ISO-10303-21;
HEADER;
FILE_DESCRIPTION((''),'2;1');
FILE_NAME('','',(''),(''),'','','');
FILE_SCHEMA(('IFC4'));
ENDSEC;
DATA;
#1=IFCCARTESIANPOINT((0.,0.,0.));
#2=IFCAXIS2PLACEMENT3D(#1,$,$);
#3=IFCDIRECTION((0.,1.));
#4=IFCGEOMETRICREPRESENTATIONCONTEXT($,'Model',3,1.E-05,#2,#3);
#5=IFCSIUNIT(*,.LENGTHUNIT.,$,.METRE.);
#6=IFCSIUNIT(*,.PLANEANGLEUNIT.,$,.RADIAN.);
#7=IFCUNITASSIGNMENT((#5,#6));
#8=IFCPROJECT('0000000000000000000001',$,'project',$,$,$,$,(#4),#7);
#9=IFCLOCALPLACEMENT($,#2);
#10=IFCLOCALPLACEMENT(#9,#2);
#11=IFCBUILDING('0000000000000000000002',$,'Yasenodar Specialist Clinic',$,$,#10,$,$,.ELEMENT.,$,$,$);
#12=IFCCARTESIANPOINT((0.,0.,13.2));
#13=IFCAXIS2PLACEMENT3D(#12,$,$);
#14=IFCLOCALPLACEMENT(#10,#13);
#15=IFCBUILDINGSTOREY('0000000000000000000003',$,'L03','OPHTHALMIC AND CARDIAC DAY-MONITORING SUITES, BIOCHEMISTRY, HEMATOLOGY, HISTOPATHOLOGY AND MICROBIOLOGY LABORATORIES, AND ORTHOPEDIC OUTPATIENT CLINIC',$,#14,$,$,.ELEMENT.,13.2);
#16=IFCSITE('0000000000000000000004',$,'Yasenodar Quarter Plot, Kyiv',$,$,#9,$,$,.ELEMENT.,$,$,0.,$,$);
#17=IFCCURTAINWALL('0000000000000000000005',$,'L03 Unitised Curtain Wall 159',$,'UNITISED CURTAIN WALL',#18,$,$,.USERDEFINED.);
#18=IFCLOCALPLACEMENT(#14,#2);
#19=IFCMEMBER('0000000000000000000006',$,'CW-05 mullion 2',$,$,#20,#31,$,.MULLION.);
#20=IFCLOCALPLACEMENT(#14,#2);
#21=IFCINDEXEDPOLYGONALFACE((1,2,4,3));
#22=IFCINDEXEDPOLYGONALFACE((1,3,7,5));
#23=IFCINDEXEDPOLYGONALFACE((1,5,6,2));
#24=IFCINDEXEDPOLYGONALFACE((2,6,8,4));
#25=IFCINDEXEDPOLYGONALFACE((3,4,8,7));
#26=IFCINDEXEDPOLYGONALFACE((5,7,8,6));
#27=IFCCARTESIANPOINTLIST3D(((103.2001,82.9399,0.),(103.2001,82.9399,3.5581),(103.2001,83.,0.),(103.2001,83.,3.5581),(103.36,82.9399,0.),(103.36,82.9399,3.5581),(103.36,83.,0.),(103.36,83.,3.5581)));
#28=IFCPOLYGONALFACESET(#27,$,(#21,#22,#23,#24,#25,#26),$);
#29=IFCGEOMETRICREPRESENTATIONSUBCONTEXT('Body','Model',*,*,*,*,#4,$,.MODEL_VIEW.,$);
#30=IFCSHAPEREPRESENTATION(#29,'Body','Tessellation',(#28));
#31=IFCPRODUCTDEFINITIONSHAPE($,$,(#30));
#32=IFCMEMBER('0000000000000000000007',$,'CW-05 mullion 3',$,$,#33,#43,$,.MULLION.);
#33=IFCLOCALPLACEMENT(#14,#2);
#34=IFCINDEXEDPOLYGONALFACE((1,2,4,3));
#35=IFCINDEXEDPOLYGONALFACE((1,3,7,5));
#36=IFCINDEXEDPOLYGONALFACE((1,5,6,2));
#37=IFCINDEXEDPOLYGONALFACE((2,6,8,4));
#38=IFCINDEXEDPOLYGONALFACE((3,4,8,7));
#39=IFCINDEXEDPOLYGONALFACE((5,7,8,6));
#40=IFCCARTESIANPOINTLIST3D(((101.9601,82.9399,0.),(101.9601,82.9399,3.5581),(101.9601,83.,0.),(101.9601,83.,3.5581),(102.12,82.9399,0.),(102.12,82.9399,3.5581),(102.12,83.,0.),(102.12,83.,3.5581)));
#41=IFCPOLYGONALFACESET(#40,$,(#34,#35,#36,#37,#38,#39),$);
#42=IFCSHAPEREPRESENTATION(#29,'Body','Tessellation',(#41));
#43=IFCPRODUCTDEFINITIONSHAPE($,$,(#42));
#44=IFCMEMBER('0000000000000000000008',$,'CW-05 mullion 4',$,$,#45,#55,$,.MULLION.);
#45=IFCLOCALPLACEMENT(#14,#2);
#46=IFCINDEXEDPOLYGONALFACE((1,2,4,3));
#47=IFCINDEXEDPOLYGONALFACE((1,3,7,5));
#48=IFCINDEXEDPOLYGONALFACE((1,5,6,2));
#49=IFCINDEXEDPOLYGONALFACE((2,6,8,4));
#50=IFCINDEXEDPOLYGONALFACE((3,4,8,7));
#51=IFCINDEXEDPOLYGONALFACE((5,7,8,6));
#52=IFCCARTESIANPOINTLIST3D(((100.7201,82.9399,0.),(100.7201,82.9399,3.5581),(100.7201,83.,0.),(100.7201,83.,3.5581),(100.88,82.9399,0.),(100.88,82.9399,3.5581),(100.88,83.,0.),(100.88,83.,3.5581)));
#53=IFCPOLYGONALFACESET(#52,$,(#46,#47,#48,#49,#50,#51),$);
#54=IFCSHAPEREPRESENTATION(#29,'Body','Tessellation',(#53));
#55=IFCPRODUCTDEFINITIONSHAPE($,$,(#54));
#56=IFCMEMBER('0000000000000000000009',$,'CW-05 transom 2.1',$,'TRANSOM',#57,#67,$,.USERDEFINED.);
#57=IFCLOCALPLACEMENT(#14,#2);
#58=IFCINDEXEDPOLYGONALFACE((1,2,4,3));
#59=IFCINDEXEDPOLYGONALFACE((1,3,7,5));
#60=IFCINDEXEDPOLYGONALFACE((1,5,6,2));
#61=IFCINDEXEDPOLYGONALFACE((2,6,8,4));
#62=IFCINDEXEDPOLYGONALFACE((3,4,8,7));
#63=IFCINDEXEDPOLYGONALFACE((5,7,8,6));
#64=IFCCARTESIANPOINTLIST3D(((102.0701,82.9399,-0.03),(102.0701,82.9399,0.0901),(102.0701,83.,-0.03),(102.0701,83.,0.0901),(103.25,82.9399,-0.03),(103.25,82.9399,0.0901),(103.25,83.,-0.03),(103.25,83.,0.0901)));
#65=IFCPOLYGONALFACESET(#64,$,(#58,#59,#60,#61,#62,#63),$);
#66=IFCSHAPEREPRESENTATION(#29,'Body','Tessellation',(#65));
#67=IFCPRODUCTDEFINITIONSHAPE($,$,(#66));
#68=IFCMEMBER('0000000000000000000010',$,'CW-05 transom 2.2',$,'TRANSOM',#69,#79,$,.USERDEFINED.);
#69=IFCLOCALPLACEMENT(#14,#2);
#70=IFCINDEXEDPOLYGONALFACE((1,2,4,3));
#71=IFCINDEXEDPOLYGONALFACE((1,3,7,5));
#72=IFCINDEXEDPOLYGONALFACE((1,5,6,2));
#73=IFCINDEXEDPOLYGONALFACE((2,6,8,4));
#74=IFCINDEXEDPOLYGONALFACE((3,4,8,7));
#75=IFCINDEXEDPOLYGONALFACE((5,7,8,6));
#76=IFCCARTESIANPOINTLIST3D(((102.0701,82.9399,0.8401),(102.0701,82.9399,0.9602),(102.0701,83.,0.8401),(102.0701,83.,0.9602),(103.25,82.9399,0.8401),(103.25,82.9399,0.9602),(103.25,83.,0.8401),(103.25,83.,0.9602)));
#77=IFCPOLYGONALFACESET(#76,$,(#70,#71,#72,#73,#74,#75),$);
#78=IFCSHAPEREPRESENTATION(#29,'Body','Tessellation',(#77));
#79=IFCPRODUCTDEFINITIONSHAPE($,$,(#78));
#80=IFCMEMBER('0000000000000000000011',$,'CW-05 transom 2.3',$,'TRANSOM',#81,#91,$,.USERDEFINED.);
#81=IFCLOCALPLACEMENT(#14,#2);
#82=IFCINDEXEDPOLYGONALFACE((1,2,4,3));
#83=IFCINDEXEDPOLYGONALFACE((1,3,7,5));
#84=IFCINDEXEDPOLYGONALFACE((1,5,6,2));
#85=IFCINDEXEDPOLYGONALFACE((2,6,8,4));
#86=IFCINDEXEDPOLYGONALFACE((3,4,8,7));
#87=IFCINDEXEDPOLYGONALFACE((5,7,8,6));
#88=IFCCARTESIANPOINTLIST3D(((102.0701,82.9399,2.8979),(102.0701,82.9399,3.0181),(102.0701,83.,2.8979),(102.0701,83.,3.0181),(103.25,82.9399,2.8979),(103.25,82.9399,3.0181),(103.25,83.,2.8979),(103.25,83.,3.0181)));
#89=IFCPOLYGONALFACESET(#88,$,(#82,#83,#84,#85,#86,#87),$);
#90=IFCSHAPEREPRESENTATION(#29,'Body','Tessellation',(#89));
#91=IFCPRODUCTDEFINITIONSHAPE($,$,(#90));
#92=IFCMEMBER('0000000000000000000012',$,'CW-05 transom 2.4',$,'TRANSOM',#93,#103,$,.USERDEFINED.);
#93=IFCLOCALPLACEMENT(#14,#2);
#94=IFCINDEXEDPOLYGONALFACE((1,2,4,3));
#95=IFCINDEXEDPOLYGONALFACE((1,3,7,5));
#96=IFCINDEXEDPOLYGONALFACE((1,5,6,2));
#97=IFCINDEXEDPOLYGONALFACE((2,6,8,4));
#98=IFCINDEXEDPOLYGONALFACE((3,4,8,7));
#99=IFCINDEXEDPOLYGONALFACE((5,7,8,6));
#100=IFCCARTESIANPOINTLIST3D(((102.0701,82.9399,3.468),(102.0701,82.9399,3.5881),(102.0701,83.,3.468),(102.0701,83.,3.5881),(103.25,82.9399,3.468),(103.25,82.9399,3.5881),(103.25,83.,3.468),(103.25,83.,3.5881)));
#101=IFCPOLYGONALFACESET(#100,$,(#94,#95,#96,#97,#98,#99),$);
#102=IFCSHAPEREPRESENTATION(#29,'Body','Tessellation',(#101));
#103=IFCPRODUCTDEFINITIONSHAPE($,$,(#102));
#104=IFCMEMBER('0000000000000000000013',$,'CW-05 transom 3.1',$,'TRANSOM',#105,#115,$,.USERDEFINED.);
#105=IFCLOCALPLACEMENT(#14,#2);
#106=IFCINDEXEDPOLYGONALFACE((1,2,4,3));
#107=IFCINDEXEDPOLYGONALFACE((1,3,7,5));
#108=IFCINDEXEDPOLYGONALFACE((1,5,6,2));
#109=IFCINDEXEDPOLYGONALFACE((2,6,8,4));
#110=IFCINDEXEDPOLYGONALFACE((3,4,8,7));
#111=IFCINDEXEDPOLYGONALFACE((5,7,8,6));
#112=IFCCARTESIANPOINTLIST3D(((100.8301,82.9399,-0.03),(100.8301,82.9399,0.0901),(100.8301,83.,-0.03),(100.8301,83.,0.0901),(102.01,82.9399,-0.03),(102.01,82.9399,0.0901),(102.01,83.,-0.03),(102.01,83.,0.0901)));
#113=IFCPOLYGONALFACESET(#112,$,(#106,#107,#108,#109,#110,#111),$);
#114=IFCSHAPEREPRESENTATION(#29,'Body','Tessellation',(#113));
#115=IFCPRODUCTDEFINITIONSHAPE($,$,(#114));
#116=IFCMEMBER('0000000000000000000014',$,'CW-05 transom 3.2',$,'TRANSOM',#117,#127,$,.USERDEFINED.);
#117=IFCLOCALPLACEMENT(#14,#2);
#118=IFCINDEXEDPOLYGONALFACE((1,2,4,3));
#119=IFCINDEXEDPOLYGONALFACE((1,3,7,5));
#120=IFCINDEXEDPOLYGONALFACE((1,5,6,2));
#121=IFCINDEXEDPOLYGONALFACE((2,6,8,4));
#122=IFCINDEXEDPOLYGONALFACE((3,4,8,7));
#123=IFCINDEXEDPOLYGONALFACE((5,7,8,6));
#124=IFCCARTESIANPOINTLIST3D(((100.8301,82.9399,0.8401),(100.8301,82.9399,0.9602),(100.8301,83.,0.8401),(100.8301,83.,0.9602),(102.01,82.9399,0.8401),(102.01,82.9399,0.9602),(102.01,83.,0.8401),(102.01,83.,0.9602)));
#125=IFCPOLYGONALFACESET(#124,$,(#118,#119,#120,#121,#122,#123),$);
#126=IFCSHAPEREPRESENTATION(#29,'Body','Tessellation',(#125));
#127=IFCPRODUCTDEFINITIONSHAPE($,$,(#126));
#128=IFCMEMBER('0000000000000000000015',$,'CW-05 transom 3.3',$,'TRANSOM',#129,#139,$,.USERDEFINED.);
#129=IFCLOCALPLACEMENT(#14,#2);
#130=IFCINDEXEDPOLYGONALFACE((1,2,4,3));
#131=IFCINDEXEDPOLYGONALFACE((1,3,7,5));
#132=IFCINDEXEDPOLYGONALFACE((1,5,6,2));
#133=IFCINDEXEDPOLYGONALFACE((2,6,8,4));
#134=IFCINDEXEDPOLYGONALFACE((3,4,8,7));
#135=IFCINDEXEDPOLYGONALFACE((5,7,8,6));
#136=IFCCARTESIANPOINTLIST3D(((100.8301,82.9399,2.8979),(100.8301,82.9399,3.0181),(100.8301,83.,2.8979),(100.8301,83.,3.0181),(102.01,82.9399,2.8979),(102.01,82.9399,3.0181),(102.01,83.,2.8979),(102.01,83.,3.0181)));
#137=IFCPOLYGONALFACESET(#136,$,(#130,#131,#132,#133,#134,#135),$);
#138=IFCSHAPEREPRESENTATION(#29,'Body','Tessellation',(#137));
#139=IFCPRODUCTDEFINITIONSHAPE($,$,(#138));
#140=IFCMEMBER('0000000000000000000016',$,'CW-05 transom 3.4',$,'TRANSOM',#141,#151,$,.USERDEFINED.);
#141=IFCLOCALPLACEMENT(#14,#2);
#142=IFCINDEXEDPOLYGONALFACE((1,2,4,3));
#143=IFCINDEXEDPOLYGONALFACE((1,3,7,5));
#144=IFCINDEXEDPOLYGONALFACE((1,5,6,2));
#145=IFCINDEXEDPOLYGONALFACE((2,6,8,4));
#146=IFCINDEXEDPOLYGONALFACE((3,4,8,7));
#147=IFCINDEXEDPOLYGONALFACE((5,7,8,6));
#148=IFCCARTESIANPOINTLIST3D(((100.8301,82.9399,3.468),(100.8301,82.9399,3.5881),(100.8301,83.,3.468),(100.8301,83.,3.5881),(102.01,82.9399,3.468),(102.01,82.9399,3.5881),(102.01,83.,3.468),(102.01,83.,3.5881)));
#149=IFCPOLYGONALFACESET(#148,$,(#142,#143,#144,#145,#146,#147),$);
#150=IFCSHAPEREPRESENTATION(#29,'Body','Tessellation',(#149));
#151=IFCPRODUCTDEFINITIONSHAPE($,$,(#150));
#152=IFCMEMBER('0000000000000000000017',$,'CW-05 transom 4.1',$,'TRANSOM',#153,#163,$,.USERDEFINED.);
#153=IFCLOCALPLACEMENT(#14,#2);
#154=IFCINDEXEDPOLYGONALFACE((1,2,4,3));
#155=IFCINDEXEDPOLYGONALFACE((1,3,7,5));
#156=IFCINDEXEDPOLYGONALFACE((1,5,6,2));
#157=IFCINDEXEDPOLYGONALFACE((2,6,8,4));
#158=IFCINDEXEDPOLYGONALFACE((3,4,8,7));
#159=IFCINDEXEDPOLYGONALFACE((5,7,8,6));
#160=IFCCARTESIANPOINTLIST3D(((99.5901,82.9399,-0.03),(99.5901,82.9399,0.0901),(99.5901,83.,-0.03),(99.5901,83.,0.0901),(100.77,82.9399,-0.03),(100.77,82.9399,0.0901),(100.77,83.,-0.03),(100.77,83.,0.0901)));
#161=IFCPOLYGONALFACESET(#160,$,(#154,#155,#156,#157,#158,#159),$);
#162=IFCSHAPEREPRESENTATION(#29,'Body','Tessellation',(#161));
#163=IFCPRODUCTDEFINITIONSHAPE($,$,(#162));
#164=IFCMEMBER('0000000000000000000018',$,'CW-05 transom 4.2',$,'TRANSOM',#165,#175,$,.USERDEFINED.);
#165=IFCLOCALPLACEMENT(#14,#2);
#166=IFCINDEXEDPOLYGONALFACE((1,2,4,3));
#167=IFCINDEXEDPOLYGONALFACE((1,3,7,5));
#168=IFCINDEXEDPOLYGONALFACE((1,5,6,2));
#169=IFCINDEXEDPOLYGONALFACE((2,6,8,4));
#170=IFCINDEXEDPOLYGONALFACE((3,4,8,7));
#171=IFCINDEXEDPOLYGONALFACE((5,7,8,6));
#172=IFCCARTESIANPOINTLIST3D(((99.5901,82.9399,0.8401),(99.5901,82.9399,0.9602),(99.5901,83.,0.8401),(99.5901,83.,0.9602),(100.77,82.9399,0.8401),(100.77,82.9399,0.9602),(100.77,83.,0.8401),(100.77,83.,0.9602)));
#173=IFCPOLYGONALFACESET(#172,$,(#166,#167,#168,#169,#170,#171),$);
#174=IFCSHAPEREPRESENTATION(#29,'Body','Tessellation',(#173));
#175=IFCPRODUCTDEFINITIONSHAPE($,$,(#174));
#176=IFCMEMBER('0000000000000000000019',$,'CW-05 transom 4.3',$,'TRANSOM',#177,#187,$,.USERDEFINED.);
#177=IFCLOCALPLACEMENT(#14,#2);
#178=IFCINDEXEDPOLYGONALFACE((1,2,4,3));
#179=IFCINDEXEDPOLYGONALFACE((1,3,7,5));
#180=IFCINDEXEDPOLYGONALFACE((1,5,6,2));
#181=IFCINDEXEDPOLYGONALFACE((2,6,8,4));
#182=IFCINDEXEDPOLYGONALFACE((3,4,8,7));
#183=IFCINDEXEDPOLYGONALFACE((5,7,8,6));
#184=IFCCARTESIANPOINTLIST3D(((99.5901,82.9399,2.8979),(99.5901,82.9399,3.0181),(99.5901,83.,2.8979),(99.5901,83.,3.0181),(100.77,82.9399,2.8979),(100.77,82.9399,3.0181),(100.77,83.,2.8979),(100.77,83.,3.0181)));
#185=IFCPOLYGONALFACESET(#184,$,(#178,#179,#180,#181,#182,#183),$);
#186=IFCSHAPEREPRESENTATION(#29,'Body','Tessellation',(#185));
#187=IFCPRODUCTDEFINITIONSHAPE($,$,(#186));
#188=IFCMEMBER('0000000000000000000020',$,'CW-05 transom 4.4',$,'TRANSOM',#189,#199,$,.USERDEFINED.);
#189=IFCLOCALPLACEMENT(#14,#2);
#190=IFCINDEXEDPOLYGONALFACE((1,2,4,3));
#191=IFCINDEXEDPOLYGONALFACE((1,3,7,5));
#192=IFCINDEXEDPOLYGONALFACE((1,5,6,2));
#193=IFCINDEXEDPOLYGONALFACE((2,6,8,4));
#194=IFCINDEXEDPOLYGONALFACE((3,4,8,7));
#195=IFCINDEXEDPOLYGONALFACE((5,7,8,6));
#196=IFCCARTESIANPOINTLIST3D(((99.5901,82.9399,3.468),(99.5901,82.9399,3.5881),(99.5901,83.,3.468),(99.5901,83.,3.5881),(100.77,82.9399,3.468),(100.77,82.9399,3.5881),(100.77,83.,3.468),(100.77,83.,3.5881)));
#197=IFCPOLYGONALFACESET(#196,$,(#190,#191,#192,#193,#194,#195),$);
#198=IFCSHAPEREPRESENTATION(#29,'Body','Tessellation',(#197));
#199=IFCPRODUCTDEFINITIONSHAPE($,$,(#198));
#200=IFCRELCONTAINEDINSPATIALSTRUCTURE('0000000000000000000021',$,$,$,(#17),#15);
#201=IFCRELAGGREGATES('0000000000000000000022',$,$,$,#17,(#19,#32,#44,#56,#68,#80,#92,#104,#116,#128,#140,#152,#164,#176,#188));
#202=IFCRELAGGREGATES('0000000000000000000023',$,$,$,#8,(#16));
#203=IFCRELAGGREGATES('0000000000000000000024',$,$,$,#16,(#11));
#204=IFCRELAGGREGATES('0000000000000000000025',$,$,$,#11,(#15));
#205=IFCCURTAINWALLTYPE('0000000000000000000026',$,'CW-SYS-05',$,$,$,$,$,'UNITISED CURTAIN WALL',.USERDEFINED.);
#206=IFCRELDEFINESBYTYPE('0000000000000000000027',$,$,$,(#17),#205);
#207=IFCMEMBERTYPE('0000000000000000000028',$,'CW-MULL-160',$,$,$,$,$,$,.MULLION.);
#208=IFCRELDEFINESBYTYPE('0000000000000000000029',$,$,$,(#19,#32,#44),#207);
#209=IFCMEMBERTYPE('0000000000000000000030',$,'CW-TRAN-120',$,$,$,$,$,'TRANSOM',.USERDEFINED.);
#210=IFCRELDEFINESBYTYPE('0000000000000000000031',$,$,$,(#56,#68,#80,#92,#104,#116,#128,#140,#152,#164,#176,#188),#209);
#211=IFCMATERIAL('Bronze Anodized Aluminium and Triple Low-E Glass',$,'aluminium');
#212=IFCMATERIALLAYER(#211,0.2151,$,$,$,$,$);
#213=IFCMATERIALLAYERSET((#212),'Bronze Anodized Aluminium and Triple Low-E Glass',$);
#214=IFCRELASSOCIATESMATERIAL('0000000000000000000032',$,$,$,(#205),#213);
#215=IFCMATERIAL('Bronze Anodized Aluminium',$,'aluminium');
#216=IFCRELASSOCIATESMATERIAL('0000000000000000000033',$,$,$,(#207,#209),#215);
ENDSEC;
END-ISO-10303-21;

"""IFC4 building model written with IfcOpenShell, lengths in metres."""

from ifc_helpers import new_model, si_unit, direction, frame, origin, origin_2d, place, context, subcontext, project, spatial, rectangle, extrude, material, layer, layer_set, material_profile, profile_set, type_object, element, aggregate, save


model = new_model("IFC4")

# Units and contexts
model_context = context("Model", 3, precision=1e-05, world=origin(), true_north=direction((0.0, 1.0)))
body_context = subcontext(model_context, "Body", "Model", "MODEL_VIEW")
ifc_project = project(units=[si_unit("LENGTHUNIT", "METRE"), si_unit("PLANEANGLEUNIT", "RADIAN")], contexts=[model_context])

# Site, building, storey
site_placement = place(None, origin())
site = spatial("IfcSite", under=ifc_project, at=site_placement, Name="Yasenodar Quarter Plot, Kyiv", CompositionType="ELEMENT", RefElevation=0.0)
building_placement = place(site_placement, origin())
building = spatial("IfcBuilding", under=site, at=building_placement, Name="Yasenodar Specialist Clinic", CompositionType="ELEMENT")
storey_placement = place(building_placement, frame((0.0, 0.0, 13.2)))
storey = spatial("IfcBuildingStorey", under=building, at=storey_placement, Name="L03", Description="OPHTHALMIC AND CARDIAC DAY-MONITORING SUITES, BIOCHEMISTRY, HEMATOLOGY, HISTOPATHOLOGY AND MICROBIOLOGY LABORATORIES, AND ORTHOPEDIC OUTPATIENT CLINIC", CompositionType="ELEMENT", Elevation=13.2)

# Curtain wall, members
ifc_material_1 = material(Name="Bronze Anodized Aluminium and Triple Low-E Glass", Category="aluminium")
ifc_layer_1 = layer(ifc_material_1, 0.2151)
ifc_layer_set_1 = layer_set([ifc_layer_1], Name="Bronze Anodized Aluminium and Triple Low-E Glass")
curtain_wall_type = type_object("IfcCurtainWallType", Name="CW-SYS-05", ElementType="UNITISED CURTAIN WALL", PredefinedType="USERDEFINED", material=ifc_layer_set_1)
curtain_wall_placement = place(storey_placement, origin())
curtain_wall = element("IfcCurtainWall", 1, at=curtain_wall_placement, inside=storey, type_object=curtain_wall_type, Name="L03 Unitised Curtain Wall 159", ObjectType="UNITISED CURTAIN WALL", PredefinedType="USERDEFINED")
ifc_material_2 = material(Name="Bronze Anodized Aluminium", Category="aluminium")
ifc_material_profile_1 = material_profile(ifc_material_2, rectangle(XDim=0.0601, YDim=0.1599, at=origin_2d()), Name="CW-MULL 60x160")
ifc_profile_set_1 = profile_set([ifc_material_profile_1], Name="Bronze Anodized Aluminium")
member_type_1 = type_object("IfcMemberType", Name="CW-MULL-160", PredefinedType="MULLION", material=ifc_profile_set_1)
member_1_placement = place(storey_placement, frame((103.28, 82.97, 0.0), z_axis=(0.0, 0.0, 1.0), x_axis=(0.0, -1.0, 0.0)))
member_1 = element("IfcMember", 2, at=member_1_placement, type_object=member_type_1, Name="CW-05 mullion 2", PredefinedType="MULLION", context=body_context, shape_type="SweptSolid", body=[
    extrude(rectangle(XDim=0.0601, YDim=0.1599, at=origin_2d()), origin(), (0.0, 0.0, 1.0), 3.5581),
])
member_2_placement = place(storey_placement, frame((102.04, 82.97, 0.0), z_axis=(0.0, 0.0, 1.0), x_axis=(0.0, -1.0, 0.0)))
member_2 = element("IfcMember", 3, at=member_2_placement, type_object=member_type_1, Name="CW-05 mullion 3", PredefinedType="MULLION", context=body_context, shape_type="SweptSolid", body=[
    extrude(rectangle(XDim=0.0601, YDim=0.1599, at=origin_2d()), origin(), (0.0, 0.0, 1.0), 3.5581),
])
member_3_placement = place(storey_placement, frame((100.8, 82.97, 0.0), z_axis=(0.0, 0.0, 1.0), x_axis=(0.0, -1.0, 0.0)))
member_3 = element("IfcMember", 4, at=member_3_placement, type_object=member_type_1, Name="CW-05 mullion 4", PredefinedType="MULLION", context=body_context, shape_type="SweptSolid", body=[
    extrude(rectangle(XDim=0.0601, YDim=0.1599, at=origin_2d()), origin(), (0.0, 0.0, 1.0), 3.5581),
])
ifc_material_profile_2 = material_profile(ifc_material_2, rectangle(XDim=0.0601, YDim=0.1201, at=origin_2d()), Name="CW-TRAN 60x120")
ifc_profile_set_2 = profile_set([ifc_material_profile_2], Name="Bronze Anodized Aluminium")
member_type_2 = type_object("IfcMemberType", Name="CW-TRAN-120", ElementType="TRANSOM", PredefinedType="USERDEFINED", material=ifc_profile_set_2)
member_4_placement = place(storey_placement, frame((103.25, 82.97, 0.03), z_axis=(-1.0, 0.0, 0.0), x_axis=(0.0, -1.0, 0.0)))
member_4 = element("IfcMember", 5, at=member_4_placement, type_object=member_type_2, Name="CW-05 transom 2.1", ObjectType="TRANSOM", PredefinedType="USERDEFINED", context=body_context, shape_type="SweptSolid", body=[
    extrude(rectangle(XDim=0.0601, YDim=0.1201, at=origin_2d()), origin(), (0.0, 0.0, 1.0), 1.1799),
])
member_5_placement = place(storey_placement, frame((103.25, 82.97, 0.9001), z_axis=(-1.0, 0.0, 0.0), x_axis=(0.0, -1.0, 0.0)))
member_5 = element("IfcMember", 6, at=member_5_placement, type_object=member_type_2, Name="CW-05 transom 2.2", ObjectType="TRANSOM", PredefinedType="USERDEFINED", context=body_context, shape_type="SweptSolid", body=[
    extrude(rectangle(XDim=0.0601, YDim=0.1201, at=origin_2d()), origin(), (0.0, 0.0, 1.0), 1.1799),
])
member_6_placement = place(storey_placement, frame((103.25, 82.97, 2.958), z_axis=(-1.0, 0.0, 0.0), x_axis=(0.0, -1.0, 0.0)))
member_6 = element("IfcMember", 7, at=member_6_placement, type_object=member_type_2, Name="CW-05 transom 2.3", ObjectType="TRANSOM", PredefinedType="USERDEFINED", context=body_context, shape_type="SweptSolid", body=[
    extrude(rectangle(XDim=0.0601, YDim=0.1201, at=origin_2d()), origin(), (0.0, 0.0, 1.0), 1.1799),
])
member_7_placement = place(storey_placement, frame((103.25, 82.97, 3.5281), z_axis=(-1.0, 0.0, 0.0), x_axis=(0.0, -1.0, 0.0)))
member_7 = element("IfcMember", 8, at=member_7_placement, type_object=member_type_2, Name="CW-05 transom 2.4", ObjectType="TRANSOM", PredefinedType="USERDEFINED", context=body_context, shape_type="SweptSolid", body=[
    extrude(rectangle(XDim=0.0601, YDim=0.1201, at=origin_2d()), origin(), (0.0, 0.0, 1.0), 1.1799),
])
member_8_placement = place(storey_placement, frame((102.01, 82.97, 0.03), z_axis=(-1.0, 0.0, 0.0), x_axis=(0.0, -1.0, 0.0)))
member_8 = element("IfcMember", 9, at=member_8_placement, type_object=member_type_2, Name="CW-05 transom 3.1", ObjectType="TRANSOM", PredefinedType="USERDEFINED", context=body_context, shape_type="SweptSolid", body=[
    extrude(rectangle(XDim=0.0601, YDim=0.1201, at=origin_2d()), origin(), (0.0, 0.0, 1.0), 1.1799),
])
member_9_placement = place(storey_placement, frame((102.01, 82.97, 0.9001), z_axis=(-1.0, 0.0, 0.0), x_axis=(0.0, -1.0, 0.0)))
member_9 = element("IfcMember", 10, at=member_9_placement, type_object=member_type_2, Name="CW-05 transom 3.2", ObjectType="TRANSOM", PredefinedType="USERDEFINED", context=body_context, shape_type="SweptSolid", body=[
    extrude(rectangle(XDim=0.0601, YDim=0.1201, at=origin_2d()), origin(), (0.0, 0.0, 1.0), 1.1799),
])
member_10_placement = place(storey_placement, frame((102.01, 82.97, 2.958), z_axis=(-1.0, 0.0, 0.0), x_axis=(0.0, -1.0, 0.0)))
member_10 = element("IfcMember", 11, at=member_10_placement, type_object=member_type_2, Name="CW-05 transom 3.3", ObjectType="TRANSOM", PredefinedType="USERDEFINED", context=body_context, shape_type="SweptSolid", body=[
    extrude(rectangle(XDim=0.0601, YDim=0.1201, at=origin_2d()), origin(), (0.0, 0.0, 1.0), 1.1799),
])
member_11_placement = place(storey_placement, frame((102.01, 82.97, 3.5281), z_axis=(-1.0, 0.0, 0.0), x_axis=(0.0, -1.0, 0.0)))
member_11 = element("IfcMember", 12, at=member_11_placement, type_object=member_type_2, Name="CW-05 transom 3.4", ObjectType="TRANSOM", PredefinedType="USERDEFINED", context=body_context, shape_type="SweptSolid", body=[
    extrude(rectangle(XDim=0.0601, YDim=0.1201, at=origin_2d()), origin(), (0.0, 0.0, 1.0), 1.1799),
])
member_12_placement = place(storey_placement, frame((100.77, 82.97, 0.03), z_axis=(-1.0, 0.0, 0.0), x_axis=(0.0, -1.0, 0.0)))
member_12 = element("IfcMember", 13, at=member_12_placement, type_object=member_type_2, Name="CW-05 transom 4.1", ObjectType="TRANSOM", PredefinedType="USERDEFINED", context=body_context, shape_type="SweptSolid", body=[
    extrude(rectangle(XDim=0.0601, YDim=0.1201, at=origin_2d()), origin(), (0.0, 0.0, 1.0), 1.1799),
])
member_13_placement = place(storey_placement, frame((100.77, 82.97, 0.9001), z_axis=(-1.0, 0.0, 0.0), x_axis=(0.0, -1.0, 0.0)))
member_13 = element("IfcMember", 14, at=member_13_placement, type_object=member_type_2, Name="CW-05 transom 4.2", ObjectType="TRANSOM", PredefinedType="USERDEFINED", context=body_context, shape_type="SweptSolid", body=[
    extrude(rectangle(XDim=0.0601, YDim=0.1201, at=origin_2d()), origin(), (0.0, 0.0, 1.0), 1.1799),
])
member_14_placement = place(storey_placement, frame((100.77, 82.97, 2.958), z_axis=(-1.0, 0.0, 0.0), x_axis=(0.0, -1.0, 0.0)))
member_14 = element("IfcMember", 15, at=member_14_placement, type_object=member_type_2, Name="CW-05 transom 4.3", ObjectType="TRANSOM", PredefinedType="USERDEFINED", context=body_context, shape_type="SweptSolid", body=[
    extrude(rectangle(XDim=0.0601, YDim=0.1201, at=origin_2d()), origin(), (0.0, 0.0, 1.0), 1.1799),
])
member_15_placement = place(storey_placement, frame((100.77, 82.97, 3.5281), z_axis=(-1.0, 0.0, 0.0), x_axis=(0.0, -1.0, 0.0)))
member_15 = element("IfcMember", 16, at=member_15_placement, type_object=member_type_2, Name="CW-05 transom 4.4", ObjectType="TRANSOM", PredefinedType="USERDEFINED", context=body_context, shape_type="SweptSolid", body=[
    extrude(rectangle(XDim=0.0601, YDim=0.1201, at=origin_2d()), origin(), (0.0, 0.0, 1.0), 1.1799),
])
aggregate(curtain_wall, [member_1, member_2, member_3, member_4, member_5, member_6, member_7, member_8, member_9, member_10, member_11, member_12, member_13, member_14, member_15])

save(model, "model.ifc")
